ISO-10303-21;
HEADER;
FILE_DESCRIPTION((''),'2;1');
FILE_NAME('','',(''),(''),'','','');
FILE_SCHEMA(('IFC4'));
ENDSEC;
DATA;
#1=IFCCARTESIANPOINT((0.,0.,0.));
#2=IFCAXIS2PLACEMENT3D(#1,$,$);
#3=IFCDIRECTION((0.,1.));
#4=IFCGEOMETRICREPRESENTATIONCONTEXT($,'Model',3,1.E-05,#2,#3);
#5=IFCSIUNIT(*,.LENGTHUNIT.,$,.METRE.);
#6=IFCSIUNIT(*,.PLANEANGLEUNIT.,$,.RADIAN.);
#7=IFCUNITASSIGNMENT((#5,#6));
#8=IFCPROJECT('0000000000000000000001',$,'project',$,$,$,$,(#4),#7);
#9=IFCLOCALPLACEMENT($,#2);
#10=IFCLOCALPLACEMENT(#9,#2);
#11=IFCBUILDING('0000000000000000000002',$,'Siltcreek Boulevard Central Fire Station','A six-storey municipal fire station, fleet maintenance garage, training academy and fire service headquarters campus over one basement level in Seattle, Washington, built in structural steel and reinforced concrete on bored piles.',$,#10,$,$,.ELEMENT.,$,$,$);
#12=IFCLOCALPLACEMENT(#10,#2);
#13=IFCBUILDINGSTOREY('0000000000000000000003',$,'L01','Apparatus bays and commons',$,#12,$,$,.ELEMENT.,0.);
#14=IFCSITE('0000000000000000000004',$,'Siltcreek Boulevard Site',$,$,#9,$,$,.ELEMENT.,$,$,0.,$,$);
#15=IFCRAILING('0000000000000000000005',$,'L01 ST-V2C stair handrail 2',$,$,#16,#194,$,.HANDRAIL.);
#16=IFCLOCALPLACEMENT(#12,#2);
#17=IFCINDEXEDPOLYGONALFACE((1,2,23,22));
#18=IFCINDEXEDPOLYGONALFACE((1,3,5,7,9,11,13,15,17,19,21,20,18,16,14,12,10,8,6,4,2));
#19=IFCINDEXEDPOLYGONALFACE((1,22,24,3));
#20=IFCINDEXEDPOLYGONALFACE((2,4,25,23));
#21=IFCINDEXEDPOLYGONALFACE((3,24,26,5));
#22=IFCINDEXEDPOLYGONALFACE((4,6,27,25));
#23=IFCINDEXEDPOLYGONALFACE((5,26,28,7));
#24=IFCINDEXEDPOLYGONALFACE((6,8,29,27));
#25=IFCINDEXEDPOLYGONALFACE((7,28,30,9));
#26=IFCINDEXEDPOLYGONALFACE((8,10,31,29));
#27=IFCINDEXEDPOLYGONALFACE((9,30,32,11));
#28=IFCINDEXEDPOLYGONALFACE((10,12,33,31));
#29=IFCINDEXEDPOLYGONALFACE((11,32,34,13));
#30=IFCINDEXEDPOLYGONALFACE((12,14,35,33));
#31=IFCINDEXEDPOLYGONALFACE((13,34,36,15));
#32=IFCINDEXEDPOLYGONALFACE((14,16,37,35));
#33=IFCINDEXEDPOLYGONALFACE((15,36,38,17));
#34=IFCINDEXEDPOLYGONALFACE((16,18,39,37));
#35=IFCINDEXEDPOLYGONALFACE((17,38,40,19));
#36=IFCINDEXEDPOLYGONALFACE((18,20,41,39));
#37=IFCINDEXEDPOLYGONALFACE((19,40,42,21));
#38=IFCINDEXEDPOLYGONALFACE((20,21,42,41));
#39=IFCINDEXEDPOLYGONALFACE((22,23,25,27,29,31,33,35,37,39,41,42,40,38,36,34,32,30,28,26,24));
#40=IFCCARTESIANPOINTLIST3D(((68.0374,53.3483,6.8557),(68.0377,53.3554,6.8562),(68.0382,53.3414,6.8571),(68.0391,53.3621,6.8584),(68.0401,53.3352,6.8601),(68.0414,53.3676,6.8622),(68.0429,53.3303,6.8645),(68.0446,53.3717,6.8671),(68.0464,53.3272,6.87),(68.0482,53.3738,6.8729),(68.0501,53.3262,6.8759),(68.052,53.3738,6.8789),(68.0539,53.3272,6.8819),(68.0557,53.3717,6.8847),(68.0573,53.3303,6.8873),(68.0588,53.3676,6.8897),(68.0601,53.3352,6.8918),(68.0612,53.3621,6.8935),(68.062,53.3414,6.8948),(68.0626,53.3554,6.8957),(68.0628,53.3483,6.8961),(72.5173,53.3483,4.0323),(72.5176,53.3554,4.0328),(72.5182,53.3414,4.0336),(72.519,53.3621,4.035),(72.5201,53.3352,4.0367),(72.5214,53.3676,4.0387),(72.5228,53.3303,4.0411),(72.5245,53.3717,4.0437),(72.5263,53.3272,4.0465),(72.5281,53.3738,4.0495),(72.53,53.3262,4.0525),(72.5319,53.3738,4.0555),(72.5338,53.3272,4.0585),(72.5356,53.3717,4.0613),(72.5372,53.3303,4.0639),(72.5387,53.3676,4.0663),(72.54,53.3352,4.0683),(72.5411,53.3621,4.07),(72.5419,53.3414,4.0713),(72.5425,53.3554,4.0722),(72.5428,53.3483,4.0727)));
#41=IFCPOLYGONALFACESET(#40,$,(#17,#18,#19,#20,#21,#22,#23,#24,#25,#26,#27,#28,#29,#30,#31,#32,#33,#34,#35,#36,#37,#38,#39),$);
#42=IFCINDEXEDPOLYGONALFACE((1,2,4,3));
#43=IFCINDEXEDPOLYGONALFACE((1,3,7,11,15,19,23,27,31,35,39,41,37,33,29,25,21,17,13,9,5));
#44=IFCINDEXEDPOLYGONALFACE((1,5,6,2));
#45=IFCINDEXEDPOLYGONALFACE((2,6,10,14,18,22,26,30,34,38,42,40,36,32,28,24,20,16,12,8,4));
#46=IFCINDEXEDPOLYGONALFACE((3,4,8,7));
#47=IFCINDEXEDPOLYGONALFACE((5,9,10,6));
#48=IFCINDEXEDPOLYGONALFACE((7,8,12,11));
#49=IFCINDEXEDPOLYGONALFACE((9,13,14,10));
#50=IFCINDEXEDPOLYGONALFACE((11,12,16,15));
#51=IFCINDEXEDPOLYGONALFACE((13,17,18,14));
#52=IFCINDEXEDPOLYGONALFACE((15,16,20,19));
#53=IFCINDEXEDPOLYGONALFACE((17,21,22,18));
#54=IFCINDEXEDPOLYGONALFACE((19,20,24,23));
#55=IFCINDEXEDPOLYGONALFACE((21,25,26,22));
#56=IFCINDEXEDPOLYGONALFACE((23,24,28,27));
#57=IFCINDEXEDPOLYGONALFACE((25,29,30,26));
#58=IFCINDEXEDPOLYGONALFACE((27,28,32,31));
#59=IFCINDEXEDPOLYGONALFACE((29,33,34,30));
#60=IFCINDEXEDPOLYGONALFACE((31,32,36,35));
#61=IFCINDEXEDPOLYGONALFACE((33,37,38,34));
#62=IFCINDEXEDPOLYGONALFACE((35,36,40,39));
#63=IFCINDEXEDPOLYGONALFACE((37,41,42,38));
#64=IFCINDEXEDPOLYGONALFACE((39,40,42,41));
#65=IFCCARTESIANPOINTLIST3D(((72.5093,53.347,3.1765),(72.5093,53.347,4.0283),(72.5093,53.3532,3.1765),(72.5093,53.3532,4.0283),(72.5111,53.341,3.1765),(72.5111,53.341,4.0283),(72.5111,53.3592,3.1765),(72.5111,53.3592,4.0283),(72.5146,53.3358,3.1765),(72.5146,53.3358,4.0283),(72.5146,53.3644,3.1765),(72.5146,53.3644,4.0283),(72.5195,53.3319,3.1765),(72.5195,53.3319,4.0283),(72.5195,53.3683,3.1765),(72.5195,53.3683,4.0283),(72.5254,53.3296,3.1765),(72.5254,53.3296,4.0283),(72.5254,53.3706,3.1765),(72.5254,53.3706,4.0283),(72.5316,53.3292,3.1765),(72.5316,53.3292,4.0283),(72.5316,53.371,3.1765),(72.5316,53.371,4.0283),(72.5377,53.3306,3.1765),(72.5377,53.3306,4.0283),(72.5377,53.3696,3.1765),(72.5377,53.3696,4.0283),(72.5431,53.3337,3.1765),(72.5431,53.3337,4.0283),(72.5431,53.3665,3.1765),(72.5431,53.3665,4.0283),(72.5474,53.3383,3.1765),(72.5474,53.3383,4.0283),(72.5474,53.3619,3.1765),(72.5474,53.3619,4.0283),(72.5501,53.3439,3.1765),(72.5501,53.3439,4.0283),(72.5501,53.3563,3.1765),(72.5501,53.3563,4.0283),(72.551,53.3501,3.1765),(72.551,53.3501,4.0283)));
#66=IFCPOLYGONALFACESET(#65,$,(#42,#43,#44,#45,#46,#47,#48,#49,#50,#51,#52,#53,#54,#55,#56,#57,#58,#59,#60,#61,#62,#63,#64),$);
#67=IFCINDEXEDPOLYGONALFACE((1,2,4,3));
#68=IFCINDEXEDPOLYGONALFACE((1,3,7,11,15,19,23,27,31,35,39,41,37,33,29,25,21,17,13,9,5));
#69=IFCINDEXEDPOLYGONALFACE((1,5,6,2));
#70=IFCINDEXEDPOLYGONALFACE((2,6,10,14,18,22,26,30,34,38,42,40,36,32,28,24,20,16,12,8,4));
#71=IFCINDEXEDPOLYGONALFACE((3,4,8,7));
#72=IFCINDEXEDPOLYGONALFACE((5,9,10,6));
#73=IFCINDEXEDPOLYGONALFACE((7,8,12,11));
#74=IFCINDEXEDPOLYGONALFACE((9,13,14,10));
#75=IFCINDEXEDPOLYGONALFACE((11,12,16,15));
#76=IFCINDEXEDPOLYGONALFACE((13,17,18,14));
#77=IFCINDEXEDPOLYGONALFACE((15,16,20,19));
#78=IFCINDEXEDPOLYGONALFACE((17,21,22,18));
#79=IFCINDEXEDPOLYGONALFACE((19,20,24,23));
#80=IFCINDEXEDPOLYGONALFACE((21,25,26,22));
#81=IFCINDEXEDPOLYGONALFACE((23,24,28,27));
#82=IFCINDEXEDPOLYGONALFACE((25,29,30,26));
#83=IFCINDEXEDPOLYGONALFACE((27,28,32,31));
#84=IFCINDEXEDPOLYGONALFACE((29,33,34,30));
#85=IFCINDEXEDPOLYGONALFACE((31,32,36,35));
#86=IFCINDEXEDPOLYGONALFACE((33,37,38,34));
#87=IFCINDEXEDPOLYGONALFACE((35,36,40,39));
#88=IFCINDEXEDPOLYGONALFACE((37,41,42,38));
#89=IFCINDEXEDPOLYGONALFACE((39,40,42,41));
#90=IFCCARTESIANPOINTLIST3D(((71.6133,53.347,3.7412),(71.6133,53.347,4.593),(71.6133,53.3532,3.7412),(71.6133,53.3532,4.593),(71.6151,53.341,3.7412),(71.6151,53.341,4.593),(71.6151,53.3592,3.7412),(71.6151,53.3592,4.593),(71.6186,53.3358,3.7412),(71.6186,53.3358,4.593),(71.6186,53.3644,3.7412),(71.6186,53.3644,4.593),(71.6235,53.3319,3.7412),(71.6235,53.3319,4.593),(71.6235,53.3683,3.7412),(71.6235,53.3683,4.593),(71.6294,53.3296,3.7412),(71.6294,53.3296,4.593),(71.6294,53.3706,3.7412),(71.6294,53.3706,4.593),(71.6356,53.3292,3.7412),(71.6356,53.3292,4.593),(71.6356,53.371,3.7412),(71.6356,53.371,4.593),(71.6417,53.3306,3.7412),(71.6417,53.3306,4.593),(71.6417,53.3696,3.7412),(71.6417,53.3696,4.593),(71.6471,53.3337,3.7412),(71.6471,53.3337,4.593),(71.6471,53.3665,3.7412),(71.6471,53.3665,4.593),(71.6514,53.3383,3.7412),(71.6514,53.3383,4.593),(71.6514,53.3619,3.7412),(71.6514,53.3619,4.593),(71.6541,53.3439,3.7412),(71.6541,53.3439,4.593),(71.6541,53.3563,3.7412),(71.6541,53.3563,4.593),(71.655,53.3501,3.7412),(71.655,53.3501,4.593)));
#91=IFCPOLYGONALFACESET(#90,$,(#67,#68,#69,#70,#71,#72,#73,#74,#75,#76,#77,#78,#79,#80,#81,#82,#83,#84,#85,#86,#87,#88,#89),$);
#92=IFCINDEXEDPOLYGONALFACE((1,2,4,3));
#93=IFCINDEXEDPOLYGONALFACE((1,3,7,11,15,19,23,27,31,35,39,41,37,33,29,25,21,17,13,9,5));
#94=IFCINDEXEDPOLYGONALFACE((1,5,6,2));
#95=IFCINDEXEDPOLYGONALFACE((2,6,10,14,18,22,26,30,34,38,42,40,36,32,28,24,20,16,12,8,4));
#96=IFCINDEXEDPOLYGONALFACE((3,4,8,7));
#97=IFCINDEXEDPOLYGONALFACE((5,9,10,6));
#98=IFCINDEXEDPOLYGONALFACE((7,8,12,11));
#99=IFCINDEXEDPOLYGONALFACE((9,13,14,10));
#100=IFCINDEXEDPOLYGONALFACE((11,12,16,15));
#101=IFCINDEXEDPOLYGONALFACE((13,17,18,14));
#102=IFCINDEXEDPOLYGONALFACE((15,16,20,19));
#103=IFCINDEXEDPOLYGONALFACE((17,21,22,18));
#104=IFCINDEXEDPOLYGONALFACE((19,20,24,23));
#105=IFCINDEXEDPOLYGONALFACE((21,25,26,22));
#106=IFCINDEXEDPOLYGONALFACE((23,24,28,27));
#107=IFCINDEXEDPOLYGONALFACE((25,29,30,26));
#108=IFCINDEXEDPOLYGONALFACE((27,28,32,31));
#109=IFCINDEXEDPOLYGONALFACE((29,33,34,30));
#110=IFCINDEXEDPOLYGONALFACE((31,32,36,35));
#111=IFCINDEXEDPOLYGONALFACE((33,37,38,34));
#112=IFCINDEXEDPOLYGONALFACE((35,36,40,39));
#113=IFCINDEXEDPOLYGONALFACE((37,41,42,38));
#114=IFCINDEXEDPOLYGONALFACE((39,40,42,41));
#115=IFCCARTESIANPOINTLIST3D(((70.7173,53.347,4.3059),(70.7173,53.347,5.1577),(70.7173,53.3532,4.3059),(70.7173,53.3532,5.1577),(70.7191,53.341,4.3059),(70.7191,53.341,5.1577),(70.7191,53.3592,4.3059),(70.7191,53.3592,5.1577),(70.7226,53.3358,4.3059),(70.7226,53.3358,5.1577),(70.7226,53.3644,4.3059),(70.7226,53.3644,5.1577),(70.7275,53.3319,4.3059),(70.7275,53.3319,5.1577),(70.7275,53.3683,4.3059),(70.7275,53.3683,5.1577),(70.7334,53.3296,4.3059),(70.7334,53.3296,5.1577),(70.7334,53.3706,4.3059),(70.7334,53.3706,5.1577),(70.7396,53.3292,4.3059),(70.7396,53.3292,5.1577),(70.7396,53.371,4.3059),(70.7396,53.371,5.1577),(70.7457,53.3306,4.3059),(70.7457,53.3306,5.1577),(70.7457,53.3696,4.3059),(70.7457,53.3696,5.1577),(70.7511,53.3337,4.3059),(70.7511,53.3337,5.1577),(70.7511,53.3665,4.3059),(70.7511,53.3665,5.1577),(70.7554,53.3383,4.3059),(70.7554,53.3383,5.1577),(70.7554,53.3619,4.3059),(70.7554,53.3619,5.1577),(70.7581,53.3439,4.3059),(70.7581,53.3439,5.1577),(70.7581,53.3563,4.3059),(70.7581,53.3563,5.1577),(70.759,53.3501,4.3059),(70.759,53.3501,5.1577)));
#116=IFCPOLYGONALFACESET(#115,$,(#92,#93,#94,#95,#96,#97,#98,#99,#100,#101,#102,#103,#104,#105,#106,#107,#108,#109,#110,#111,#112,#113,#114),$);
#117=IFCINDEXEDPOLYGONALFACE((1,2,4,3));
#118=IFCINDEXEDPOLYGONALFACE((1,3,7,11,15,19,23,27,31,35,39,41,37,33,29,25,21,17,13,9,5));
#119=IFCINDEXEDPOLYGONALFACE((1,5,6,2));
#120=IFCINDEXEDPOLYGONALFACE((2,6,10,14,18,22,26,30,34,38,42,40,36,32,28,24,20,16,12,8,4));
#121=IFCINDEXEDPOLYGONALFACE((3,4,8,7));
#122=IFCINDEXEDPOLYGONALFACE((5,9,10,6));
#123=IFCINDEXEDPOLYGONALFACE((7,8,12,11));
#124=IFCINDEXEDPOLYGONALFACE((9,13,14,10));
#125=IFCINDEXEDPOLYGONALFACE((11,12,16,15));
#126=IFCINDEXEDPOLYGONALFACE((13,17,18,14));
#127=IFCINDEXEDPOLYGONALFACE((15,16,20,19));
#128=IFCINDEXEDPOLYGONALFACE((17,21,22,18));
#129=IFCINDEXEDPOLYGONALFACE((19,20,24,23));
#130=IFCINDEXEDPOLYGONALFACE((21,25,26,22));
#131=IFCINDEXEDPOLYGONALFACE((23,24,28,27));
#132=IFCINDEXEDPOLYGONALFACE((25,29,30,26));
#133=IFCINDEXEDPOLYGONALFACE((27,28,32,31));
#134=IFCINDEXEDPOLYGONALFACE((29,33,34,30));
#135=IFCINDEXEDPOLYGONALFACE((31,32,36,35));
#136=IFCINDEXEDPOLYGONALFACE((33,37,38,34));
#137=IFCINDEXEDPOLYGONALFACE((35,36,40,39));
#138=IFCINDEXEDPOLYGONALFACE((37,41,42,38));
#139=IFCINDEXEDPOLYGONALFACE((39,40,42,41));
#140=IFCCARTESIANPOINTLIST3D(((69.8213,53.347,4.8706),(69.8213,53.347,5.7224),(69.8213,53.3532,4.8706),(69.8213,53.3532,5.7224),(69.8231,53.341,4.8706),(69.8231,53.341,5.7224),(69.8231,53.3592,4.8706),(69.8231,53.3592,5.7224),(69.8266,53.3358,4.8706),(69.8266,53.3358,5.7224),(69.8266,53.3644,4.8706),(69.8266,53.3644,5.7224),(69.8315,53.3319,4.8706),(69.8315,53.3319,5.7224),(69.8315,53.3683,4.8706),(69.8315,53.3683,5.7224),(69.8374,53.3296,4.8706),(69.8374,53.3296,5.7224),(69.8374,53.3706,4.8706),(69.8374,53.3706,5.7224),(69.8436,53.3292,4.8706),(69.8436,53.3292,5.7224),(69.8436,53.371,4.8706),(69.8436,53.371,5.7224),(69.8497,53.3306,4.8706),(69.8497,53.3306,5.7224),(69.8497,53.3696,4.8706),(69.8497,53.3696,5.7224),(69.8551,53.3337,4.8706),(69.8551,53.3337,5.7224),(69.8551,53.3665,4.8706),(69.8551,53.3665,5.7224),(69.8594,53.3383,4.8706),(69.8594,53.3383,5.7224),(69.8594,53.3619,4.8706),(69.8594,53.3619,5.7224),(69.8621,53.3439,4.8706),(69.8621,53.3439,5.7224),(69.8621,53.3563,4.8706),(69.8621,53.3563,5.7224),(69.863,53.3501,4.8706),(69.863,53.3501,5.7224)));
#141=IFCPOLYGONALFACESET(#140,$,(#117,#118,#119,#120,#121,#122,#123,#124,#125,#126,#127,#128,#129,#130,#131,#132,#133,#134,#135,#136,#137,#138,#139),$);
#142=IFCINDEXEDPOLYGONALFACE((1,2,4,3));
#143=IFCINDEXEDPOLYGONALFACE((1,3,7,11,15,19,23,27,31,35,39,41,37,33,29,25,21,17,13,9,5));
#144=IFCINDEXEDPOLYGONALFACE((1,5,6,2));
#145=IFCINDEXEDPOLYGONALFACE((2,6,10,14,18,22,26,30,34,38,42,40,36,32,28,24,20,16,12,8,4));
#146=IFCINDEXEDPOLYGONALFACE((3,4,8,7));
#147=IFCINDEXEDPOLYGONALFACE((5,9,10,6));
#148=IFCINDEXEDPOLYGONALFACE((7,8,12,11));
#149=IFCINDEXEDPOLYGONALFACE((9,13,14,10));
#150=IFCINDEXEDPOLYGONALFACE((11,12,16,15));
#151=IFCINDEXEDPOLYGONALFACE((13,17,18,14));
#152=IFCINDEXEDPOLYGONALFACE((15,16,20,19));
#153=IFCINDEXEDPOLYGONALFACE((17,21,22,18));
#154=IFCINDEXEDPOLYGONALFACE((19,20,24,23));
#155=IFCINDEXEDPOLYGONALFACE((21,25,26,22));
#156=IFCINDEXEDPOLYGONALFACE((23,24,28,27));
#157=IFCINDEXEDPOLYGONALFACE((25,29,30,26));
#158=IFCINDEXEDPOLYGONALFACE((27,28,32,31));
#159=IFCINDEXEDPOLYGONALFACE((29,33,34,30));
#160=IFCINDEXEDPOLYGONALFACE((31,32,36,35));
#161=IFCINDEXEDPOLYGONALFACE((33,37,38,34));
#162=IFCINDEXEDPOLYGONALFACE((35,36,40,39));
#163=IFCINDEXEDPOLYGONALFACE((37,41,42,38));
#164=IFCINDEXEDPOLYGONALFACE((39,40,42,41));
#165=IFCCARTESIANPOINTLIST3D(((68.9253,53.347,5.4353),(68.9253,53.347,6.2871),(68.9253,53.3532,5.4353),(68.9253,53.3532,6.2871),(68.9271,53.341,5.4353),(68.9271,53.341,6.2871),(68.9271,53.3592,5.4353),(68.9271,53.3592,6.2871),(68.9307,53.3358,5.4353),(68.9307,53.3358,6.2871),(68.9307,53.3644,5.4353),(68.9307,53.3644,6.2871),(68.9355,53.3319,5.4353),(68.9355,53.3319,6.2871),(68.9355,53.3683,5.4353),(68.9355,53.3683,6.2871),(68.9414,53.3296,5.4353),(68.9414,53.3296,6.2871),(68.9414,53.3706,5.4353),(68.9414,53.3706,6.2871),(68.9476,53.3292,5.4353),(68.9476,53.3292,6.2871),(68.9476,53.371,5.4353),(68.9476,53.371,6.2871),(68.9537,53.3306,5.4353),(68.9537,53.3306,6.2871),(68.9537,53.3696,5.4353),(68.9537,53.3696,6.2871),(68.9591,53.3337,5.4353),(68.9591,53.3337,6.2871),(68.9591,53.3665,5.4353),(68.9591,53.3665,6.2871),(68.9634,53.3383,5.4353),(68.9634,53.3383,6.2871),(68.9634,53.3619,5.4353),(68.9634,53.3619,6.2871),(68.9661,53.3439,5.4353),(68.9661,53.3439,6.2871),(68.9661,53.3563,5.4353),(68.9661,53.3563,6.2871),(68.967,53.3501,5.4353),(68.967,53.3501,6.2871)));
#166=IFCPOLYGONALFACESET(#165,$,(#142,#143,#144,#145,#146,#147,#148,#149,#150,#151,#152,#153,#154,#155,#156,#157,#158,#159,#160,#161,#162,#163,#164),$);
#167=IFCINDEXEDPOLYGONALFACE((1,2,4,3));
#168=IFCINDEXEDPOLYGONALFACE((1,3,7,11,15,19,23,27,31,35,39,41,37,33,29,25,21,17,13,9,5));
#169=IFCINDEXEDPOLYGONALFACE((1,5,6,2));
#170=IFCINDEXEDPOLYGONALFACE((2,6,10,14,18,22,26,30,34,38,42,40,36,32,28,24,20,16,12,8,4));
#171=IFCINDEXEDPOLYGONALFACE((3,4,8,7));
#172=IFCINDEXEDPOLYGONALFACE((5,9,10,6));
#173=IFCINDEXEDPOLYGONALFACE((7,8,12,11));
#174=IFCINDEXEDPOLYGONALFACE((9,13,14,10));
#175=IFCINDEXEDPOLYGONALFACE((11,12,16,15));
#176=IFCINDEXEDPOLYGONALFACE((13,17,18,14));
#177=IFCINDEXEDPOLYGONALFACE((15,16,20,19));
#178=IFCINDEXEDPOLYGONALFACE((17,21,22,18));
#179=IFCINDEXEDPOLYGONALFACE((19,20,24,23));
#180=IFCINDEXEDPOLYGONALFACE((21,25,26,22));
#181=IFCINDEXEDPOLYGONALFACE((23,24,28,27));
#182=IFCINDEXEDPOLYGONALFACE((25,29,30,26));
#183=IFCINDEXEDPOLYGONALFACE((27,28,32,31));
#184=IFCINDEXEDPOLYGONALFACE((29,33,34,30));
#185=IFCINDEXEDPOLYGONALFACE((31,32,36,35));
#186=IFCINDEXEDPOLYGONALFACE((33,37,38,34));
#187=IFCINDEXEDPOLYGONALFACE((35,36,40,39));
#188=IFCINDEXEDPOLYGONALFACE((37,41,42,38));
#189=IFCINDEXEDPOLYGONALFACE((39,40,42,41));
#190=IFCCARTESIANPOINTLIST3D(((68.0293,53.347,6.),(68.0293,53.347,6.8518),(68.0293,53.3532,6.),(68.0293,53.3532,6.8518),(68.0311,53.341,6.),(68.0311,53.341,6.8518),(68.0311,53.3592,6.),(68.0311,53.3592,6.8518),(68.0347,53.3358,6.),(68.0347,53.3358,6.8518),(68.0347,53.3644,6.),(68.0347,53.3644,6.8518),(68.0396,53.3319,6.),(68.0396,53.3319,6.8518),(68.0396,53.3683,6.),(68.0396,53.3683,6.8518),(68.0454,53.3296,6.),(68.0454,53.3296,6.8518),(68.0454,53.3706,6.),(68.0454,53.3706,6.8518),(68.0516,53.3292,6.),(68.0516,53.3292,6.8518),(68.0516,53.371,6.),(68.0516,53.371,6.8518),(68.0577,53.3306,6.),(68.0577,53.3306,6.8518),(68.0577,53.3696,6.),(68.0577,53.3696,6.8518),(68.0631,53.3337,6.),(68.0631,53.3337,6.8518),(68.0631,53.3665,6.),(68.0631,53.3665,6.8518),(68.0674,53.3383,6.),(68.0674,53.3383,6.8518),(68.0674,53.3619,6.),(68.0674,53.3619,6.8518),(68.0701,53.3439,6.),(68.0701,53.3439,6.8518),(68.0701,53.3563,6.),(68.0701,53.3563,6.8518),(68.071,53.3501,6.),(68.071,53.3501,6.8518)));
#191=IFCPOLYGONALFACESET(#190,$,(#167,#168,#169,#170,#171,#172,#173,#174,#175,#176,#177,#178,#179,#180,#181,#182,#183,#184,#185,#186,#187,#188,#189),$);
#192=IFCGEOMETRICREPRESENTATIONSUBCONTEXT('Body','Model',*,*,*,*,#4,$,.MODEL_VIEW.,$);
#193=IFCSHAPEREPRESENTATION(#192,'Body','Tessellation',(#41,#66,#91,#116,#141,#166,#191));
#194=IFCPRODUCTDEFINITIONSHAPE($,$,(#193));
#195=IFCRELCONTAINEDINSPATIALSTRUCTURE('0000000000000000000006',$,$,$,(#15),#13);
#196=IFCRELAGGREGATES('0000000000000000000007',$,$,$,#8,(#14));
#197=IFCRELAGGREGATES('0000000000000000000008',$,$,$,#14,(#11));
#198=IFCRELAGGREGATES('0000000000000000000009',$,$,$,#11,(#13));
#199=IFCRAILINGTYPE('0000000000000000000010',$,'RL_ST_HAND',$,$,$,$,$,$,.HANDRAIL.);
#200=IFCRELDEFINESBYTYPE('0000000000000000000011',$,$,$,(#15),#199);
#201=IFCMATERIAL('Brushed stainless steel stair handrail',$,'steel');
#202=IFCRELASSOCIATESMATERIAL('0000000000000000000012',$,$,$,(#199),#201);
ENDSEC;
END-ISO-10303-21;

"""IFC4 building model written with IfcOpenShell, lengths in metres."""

from ifc_helpers import new_model, si_unit, direction, frame, origin, origin_2d, place, context, subcontext, project, spatial, circle, extrude, material, type_object, element, save


model = new_model("IFC4")

# Units and contexts
model_context = context("Model", 3, precision=1e-05, world=origin(), true_north=direction((0.0, 1.0)))
body_context = subcontext(model_context, "Body", "Model", "MODEL_VIEW")
ifc_project = project(units=[si_unit("LENGTHUNIT", "METRE"), si_unit("PLANEANGLEUNIT", "RADIAN")], contexts=[model_context])

# Site, building, storey
site_placement = place(None, origin())
site = spatial("IfcSite", under=ifc_project, at=site_placement, Name="Siltcreek Boulevard Site", CompositionType="ELEMENT", RefElevation=0.0)
building_placement = place(site_placement, origin())
building = spatial("IfcBuilding", under=site, at=building_placement, Name="Siltcreek Boulevard Central Fire Station", Description="A six-storey municipal fire station, fleet maintenance garage, training academy and fire service headquarters campus over one basement level in Seattle, Washington, built in structural steel and reinforced concrete on bored piles.", CompositionType="ELEMENT")
storey_placement = place(building_placement, origin())
storey = spatial("IfcBuildingStorey", under=building, at=storey_placement, Name="L01", Description="Apparatus bays and commons", CompositionType="ELEMENT", Elevation=0.0)

# Railing
ifc_material_1 = material(Name="Brushed stainless steel stair handrail", Category="steel")
railing_type_1 = type_object("IfcRailingType", Name="RL_ST_HAND", PredefinedType="HANDRAIL", material=ifc_material_1)
railing_1_placement = place(storey_placement, frame((72.53, 53.3501, 3.1765)))
element("IfcRailing", 1, at=railing_1_placement, inside=storey, type_object=railing_type_1, Name="L01 ST-V2C stair handrail 2", PredefinedType="HANDRAIL", context=body_context, shape_type="SweptSolid", body=[
    extrude(circle(Radius=0.0239, at=origin_2d()), frame((0.0, 0.0, 0.876), z_axis=(-0.845998, 0.0, 0.533186), x_axis=(0.0, -1.0, 0.0)), (0.0, 0.0, 1.0), 5.2954),
    extrude(circle(Radius=0.021, at=origin_2d()), origin(), (0.0, 0.0, 1.0), 0.8518),
    extrude(circle(Radius=0.021, at=origin_2d()), frame((-0.896, 0.0, 0.5647)), (0.0, 0.0, 1.0), 0.8518),
    extrude(circle(Radius=0.021, at=origin_2d()), frame((-1.792, 0.0, 1.1294)), (0.0, 0.0, 1.0), 0.8518),
    extrude(circle(Radius=0.021, at=origin_2d()), frame((-2.688, 0.0, 1.6941)), (0.0, 0.0, 1.0), 0.8518),
    extrude(circle(Radius=0.021, at=origin_2d()), frame((-3.584, 0.0, 2.2588)), (0.0, 0.0, 1.0), 0.8518),
    extrude(circle(Radius=0.021, at=origin_2d()), frame((-4.48, 0.0, 2.8235)), (0.0, 0.0, 1.0), 0.8518),
])

save(model, "model.ifc")
